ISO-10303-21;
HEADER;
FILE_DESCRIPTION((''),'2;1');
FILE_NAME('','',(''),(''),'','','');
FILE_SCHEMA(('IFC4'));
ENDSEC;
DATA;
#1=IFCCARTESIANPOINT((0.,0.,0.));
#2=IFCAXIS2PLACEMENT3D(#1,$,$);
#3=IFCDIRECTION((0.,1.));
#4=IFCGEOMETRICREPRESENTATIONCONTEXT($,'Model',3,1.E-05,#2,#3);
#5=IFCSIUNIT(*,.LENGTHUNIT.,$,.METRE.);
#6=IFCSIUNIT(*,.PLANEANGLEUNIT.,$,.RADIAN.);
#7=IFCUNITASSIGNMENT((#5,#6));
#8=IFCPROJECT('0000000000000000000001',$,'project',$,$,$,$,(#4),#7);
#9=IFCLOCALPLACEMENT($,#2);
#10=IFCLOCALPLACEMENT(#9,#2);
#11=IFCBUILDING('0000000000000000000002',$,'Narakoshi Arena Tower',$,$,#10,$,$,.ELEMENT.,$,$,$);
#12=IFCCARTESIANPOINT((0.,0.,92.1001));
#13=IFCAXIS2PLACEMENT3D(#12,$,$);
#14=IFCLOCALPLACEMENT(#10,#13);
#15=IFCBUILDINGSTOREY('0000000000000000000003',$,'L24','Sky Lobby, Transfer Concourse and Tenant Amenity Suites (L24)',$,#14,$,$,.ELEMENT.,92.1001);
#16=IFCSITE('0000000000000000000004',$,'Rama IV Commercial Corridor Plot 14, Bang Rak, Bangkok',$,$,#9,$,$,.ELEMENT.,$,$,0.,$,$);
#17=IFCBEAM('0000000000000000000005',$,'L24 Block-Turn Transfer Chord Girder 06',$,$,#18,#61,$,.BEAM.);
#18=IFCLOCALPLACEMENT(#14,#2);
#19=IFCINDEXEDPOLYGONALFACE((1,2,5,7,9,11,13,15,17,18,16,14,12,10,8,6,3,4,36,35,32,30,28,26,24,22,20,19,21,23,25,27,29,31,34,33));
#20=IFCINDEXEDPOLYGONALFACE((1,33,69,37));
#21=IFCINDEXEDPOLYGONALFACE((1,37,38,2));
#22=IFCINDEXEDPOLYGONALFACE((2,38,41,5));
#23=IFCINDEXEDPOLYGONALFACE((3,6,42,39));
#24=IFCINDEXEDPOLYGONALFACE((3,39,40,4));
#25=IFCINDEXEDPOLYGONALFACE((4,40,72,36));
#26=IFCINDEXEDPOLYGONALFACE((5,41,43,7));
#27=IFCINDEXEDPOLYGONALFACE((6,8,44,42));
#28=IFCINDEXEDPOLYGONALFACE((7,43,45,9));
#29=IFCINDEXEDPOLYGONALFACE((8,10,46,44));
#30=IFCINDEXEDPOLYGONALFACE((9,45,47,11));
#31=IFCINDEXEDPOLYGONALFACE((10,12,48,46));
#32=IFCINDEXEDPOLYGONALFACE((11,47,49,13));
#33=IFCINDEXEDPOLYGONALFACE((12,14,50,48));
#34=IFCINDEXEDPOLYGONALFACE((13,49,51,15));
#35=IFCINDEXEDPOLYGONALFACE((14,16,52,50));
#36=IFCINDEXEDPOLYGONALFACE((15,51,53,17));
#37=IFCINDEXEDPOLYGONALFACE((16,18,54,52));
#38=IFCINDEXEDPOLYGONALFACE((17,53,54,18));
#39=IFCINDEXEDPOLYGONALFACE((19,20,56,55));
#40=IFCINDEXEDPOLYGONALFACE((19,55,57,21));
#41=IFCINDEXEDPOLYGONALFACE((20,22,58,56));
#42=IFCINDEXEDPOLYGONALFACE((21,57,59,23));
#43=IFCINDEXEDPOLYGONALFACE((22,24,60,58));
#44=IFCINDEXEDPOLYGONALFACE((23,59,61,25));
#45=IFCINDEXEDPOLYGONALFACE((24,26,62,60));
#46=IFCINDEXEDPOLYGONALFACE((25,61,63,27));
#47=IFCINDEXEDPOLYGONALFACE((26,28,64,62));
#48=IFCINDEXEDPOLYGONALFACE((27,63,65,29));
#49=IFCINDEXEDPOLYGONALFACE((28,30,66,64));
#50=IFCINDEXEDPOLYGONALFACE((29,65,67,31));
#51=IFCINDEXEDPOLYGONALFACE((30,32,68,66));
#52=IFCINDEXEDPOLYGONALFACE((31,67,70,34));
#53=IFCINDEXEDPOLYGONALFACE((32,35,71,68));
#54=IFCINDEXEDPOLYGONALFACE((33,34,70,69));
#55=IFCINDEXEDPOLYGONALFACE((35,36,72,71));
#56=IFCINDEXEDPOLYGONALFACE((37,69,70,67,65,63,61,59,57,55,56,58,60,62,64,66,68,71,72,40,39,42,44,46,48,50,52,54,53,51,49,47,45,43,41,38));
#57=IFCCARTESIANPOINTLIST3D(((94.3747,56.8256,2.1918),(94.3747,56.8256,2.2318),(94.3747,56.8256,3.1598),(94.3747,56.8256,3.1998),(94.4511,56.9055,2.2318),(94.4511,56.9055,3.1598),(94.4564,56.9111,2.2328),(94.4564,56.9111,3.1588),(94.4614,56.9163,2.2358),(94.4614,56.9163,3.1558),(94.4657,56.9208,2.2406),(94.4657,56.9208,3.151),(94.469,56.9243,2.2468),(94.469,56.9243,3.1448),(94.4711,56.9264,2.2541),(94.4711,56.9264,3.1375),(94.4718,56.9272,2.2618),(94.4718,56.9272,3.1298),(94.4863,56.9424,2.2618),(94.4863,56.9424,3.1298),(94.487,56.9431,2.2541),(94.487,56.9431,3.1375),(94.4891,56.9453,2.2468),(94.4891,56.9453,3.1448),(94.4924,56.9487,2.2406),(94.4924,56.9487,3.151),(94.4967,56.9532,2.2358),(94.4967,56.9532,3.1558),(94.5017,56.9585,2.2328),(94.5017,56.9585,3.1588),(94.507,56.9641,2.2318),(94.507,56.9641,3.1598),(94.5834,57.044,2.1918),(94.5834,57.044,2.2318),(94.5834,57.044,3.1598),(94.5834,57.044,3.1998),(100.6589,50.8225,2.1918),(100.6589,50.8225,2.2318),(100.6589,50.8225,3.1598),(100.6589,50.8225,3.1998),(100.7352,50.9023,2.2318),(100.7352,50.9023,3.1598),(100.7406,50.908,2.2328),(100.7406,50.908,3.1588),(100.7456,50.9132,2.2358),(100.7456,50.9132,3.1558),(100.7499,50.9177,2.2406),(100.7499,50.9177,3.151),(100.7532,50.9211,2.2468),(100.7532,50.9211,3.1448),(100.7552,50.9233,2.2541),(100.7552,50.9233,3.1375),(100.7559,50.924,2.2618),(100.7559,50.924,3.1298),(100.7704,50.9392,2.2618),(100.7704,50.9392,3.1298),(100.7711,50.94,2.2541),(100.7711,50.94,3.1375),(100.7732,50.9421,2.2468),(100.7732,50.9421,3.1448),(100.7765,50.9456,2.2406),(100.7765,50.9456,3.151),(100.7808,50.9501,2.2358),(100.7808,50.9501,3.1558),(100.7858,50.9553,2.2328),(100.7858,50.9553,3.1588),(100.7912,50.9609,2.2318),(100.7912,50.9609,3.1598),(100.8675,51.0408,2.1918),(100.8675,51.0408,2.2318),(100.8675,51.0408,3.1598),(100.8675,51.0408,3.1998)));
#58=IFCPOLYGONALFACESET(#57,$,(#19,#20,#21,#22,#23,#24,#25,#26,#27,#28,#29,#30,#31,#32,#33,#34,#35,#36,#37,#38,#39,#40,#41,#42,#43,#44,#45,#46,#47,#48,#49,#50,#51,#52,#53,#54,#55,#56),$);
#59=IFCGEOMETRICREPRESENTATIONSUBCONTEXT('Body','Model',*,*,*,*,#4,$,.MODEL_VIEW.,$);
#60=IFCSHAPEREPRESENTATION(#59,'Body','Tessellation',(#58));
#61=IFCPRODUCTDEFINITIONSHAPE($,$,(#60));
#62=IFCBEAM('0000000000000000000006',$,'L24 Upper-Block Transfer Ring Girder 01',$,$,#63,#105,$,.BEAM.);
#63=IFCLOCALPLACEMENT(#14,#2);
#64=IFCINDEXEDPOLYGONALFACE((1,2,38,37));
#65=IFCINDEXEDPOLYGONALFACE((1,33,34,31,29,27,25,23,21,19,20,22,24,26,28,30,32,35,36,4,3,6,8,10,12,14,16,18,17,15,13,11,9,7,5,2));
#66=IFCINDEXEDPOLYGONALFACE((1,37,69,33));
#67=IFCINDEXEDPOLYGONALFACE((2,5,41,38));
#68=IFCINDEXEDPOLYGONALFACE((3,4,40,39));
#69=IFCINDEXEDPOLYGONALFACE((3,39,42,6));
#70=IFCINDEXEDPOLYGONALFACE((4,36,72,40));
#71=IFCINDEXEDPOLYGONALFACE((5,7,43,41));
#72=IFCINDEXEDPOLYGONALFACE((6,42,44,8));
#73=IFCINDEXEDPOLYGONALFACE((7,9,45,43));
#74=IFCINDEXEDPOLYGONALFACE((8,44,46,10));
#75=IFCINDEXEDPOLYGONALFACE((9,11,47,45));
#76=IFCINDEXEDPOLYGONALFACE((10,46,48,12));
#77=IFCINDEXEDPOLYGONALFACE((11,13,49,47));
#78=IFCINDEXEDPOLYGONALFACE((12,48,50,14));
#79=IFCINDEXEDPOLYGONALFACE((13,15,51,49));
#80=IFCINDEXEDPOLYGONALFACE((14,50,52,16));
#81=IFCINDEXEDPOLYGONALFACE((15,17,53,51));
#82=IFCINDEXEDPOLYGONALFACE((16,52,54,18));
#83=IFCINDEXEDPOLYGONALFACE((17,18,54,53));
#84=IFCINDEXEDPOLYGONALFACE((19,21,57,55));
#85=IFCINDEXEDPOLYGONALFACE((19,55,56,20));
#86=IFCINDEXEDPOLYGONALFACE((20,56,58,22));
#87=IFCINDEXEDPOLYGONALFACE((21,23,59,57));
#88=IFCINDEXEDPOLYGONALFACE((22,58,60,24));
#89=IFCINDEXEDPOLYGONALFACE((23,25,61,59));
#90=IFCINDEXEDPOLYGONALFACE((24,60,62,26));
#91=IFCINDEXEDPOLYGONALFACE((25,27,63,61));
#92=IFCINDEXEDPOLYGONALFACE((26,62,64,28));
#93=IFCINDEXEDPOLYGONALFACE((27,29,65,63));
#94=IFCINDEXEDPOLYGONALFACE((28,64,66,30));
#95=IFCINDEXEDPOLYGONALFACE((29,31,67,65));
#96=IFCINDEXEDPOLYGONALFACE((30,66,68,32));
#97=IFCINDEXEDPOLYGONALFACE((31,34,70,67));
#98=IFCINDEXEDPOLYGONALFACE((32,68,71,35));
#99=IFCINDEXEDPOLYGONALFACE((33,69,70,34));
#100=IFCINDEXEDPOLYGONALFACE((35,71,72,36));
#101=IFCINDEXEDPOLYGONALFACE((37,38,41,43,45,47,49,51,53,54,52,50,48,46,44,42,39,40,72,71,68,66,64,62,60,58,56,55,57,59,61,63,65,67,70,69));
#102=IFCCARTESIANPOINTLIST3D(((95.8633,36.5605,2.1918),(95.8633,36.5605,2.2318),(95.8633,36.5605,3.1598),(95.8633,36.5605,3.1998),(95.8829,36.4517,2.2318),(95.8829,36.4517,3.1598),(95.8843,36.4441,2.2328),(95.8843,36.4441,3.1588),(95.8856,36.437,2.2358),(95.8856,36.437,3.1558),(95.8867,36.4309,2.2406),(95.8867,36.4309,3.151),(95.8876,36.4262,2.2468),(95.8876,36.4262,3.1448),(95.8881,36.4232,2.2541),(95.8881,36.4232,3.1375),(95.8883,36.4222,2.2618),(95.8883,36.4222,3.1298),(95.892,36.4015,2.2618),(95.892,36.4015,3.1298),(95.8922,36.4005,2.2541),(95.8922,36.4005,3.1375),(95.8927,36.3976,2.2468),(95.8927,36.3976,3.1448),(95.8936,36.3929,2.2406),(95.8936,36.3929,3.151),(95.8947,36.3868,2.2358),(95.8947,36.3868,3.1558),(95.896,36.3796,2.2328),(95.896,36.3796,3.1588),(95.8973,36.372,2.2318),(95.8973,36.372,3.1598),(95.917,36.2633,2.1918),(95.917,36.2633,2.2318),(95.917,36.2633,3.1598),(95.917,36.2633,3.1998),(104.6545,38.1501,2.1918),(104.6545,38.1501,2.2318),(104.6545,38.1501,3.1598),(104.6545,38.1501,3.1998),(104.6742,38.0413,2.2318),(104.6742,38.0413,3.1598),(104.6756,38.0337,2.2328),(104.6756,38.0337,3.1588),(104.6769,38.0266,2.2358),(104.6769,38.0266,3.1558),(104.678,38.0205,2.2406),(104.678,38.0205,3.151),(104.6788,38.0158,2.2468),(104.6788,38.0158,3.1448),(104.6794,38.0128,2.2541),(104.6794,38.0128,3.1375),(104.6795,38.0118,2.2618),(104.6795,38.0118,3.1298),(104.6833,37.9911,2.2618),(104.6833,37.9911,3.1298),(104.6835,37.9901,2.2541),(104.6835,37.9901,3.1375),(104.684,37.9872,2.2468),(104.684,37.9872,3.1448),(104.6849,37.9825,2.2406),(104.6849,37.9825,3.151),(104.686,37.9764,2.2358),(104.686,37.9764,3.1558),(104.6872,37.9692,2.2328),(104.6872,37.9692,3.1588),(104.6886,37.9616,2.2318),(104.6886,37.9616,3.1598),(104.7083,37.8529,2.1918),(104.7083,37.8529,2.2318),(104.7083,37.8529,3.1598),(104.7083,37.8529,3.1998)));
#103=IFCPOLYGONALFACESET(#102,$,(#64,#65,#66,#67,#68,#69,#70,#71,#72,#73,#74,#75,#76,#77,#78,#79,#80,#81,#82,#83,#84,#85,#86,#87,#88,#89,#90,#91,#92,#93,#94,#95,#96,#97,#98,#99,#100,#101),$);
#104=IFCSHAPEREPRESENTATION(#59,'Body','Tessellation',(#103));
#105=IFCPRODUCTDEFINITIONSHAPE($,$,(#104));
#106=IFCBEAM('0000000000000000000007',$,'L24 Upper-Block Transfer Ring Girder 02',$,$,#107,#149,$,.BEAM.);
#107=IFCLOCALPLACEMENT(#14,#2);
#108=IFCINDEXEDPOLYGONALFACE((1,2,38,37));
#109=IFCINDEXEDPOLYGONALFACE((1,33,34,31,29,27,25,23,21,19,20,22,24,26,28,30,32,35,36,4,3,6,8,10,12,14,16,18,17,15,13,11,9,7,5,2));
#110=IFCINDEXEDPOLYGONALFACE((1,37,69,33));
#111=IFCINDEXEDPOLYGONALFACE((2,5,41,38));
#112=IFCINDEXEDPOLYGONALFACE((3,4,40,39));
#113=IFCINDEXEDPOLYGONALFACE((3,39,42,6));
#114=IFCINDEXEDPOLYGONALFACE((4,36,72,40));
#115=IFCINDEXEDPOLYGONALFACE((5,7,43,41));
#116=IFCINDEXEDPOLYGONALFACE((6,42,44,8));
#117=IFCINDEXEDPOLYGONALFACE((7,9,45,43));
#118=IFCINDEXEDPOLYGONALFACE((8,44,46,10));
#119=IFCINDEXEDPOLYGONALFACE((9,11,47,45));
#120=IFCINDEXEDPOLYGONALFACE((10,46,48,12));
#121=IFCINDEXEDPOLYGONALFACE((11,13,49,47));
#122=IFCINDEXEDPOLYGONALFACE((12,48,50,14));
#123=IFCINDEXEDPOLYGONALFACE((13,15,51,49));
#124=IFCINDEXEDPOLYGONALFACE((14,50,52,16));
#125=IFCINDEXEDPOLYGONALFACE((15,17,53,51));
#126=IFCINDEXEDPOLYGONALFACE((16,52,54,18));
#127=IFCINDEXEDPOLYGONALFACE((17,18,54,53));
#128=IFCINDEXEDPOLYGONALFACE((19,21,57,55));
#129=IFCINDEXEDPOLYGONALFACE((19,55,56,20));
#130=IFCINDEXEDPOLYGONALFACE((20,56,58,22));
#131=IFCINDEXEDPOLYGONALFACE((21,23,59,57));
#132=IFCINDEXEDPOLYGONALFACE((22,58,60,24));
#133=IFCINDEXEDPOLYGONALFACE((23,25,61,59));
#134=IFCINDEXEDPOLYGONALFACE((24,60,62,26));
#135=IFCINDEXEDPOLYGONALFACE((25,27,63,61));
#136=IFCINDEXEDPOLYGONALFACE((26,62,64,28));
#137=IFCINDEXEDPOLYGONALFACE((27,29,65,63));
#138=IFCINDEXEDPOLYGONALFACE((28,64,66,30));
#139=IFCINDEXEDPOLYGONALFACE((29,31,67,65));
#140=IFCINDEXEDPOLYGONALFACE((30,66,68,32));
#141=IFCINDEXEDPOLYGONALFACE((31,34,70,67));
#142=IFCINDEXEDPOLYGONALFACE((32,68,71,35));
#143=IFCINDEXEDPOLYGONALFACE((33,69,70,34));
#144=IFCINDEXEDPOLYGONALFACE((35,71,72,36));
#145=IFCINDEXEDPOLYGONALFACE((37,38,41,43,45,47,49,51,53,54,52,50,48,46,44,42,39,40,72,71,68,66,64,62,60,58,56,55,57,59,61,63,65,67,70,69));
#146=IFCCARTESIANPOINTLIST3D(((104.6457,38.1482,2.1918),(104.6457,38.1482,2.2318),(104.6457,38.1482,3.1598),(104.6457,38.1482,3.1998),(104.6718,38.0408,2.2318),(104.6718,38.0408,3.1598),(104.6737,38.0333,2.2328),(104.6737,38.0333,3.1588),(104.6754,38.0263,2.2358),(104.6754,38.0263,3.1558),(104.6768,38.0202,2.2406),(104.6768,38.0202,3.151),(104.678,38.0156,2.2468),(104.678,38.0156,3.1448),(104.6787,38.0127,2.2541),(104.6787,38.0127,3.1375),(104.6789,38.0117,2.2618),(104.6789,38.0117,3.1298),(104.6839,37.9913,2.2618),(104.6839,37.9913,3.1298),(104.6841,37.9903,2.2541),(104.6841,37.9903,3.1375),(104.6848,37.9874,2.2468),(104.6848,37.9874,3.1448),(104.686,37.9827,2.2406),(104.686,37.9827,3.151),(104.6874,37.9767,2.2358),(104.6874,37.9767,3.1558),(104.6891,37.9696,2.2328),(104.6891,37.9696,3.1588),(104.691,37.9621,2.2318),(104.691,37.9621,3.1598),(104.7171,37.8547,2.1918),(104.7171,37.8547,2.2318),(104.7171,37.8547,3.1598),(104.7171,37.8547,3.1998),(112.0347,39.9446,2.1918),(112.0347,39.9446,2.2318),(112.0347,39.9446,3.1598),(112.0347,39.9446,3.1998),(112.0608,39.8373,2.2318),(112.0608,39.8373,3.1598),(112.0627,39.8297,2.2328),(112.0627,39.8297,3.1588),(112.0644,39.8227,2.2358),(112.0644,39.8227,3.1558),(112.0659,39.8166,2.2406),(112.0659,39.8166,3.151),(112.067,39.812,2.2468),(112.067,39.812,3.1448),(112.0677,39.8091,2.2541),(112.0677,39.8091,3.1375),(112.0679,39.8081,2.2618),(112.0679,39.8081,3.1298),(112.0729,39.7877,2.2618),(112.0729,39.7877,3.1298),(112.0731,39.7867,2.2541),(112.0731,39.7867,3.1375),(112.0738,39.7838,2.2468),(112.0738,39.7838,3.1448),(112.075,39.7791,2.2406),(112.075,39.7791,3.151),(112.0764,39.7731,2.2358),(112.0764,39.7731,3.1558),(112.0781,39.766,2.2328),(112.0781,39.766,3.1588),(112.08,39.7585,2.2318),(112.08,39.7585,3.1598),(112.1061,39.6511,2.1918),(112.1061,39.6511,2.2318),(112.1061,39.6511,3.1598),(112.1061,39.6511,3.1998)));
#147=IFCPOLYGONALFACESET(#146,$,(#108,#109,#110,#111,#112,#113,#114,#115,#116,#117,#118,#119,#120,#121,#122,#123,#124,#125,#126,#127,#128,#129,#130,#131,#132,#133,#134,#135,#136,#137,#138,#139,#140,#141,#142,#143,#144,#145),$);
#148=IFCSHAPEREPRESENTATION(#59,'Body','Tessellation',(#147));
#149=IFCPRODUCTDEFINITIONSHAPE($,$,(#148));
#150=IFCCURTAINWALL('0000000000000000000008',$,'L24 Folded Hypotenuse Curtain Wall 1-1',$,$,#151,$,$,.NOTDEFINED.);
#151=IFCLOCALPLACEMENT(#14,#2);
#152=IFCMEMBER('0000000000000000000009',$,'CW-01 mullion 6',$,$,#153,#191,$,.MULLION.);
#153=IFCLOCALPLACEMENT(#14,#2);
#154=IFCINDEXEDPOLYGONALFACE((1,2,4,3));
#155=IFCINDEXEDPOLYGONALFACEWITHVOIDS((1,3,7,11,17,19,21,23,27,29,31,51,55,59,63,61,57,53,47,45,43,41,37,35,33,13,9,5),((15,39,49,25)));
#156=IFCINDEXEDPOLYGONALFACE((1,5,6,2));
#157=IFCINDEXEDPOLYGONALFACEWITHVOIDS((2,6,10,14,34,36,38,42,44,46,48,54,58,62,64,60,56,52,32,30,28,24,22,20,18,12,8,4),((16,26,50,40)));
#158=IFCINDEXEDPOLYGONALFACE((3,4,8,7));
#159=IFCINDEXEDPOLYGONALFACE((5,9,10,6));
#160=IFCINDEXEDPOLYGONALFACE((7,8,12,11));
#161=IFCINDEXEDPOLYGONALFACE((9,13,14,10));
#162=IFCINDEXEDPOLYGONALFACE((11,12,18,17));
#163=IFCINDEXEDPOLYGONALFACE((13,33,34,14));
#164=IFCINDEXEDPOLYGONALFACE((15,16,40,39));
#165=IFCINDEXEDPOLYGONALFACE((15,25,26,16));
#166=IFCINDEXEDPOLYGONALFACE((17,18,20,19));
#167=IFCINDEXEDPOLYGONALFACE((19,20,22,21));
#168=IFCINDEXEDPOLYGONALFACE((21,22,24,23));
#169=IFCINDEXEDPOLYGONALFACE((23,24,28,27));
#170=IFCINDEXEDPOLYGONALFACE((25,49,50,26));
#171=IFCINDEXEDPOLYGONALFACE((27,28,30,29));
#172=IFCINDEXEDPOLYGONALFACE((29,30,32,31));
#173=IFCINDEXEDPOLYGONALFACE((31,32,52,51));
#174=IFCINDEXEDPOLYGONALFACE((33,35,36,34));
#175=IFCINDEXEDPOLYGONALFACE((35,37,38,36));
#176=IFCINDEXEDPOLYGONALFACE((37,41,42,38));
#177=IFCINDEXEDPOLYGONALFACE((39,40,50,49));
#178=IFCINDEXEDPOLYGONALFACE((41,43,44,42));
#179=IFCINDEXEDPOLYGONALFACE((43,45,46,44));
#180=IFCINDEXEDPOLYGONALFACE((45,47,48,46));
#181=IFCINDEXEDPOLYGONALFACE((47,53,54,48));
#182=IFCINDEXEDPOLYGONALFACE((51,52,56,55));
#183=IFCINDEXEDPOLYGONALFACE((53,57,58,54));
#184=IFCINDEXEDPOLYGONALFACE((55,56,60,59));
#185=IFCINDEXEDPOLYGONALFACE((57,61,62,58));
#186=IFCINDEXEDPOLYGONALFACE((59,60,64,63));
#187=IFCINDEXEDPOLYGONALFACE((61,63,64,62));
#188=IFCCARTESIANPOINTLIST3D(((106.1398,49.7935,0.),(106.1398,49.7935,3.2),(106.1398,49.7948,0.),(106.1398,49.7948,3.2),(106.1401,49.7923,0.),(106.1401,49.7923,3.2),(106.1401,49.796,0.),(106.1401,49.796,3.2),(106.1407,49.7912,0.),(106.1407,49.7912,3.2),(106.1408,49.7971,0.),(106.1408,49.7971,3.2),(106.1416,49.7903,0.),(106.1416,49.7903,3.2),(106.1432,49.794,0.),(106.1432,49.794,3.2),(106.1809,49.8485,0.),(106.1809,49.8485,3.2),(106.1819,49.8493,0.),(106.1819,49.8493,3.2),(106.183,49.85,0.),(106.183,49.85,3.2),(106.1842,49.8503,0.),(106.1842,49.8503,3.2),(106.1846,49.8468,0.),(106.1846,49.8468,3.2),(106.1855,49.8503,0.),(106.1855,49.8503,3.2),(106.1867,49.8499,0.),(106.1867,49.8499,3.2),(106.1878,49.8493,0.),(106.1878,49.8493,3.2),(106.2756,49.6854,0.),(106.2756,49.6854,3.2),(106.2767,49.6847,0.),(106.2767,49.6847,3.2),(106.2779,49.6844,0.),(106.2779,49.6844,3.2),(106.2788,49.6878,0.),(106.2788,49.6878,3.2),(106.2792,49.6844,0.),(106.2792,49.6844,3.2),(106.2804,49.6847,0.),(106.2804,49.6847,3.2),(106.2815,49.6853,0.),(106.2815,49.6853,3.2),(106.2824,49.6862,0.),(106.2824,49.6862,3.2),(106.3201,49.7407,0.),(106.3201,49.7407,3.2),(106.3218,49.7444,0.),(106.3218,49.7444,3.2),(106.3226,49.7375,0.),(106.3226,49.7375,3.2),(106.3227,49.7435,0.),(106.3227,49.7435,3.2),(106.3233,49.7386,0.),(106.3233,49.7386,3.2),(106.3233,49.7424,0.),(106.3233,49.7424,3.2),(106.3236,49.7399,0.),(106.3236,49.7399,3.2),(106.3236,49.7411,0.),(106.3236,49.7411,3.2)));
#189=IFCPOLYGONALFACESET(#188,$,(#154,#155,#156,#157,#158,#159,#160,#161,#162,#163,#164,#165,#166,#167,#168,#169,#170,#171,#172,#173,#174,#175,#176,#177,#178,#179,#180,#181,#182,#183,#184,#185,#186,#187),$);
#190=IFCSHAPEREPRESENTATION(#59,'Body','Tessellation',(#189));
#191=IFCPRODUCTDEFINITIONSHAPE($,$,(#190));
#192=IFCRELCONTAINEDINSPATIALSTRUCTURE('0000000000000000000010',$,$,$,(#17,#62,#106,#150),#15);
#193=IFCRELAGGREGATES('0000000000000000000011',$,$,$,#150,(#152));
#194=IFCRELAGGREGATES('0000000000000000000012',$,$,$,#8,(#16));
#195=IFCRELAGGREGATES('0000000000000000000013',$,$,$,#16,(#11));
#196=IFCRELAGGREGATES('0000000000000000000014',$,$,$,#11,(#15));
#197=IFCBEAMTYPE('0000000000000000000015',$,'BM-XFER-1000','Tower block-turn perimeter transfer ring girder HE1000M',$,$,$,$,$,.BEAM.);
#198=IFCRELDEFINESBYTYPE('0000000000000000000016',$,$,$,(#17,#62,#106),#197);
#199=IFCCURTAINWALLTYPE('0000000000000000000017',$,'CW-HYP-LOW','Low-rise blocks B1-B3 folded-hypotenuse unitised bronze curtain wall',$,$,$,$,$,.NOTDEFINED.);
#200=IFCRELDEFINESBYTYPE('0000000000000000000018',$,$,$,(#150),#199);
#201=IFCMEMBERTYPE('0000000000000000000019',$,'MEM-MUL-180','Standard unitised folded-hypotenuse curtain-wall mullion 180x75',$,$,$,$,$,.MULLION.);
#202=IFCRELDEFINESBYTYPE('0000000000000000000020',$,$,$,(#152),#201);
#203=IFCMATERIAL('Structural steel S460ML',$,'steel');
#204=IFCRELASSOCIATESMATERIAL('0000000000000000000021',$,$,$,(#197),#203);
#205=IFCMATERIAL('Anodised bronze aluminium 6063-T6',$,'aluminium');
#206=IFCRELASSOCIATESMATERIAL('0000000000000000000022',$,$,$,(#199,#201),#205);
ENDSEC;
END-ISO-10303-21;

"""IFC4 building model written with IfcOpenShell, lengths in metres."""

from ifc_helpers import new_model, si_unit, direction, frame, origin, origin_2d, place, context, subcontext, project, spatial, hollow_rectangle, i_section, extrude, material, material_profile, profile_set, type_object, element, aggregate, save


model = new_model("IFC4")

# Units and contexts
model_context = context("Model", 3, precision=1e-05, world=origin(), true_north=direction((0.0, 1.0)))
body_context = subcontext(model_context, "Body", "Model", "MODEL_VIEW")
ifc_project = project(units=[si_unit("LENGTHUNIT", "METRE"), si_unit("PLANEANGLEUNIT", "RADIAN")], contexts=[model_context])

# Site, building, storey
site_placement = place(None, origin())
site = spatial("IfcSite", under=ifc_project, at=site_placement, Name="Rama IV Commercial Corridor Plot 14, Bang Rak, Bangkok", CompositionType="ELEMENT", RefElevation=0.0)
building_placement = place(site_placement, origin())
building = spatial("IfcBuilding", under=site, at=building_placement, Name="Narakoshi Arena Tower", CompositionType="ELEMENT")
storey_placement = place(building_placement, frame((0.0, 0.0, 92.1001)))
storey = spatial("IfcBuildingStorey", under=building, at=storey_placement, Name="L24", Description="Sky Lobby, Transfer Concourse and Tenant Amenity Suites (L24)", CompositionType="ELEMENT", Elevation=92.1001)

# Shared definitions
ifc_material_1 = material(Name="Structural steel S460ML", Category="steel")

# Beams
ifc_material_profile_1 = material_profile(ifc_material_1, i_section(OverallWidth=0.302, OverallDepth=1.0081, WebThickness=0.021, FlangeThickness=0.04, FilletRadius=0.03, at=origin_2d()), Name="HE1000M")
ifc_profile_set_1 = profile_set([ifc_material_profile_1], Name="Structural steel S460ML")
beam_type = type_object("IfcBeamType", Name="BM-XFER-1000", Description="Tower block-turn perimeter transfer ring girder HE1000M", PredefinedType="BEAM", material=ifc_profile_set_1)
beam_1_placement = place(storey_placement, frame((100.7632, 50.9316, 2.6958), z_axis=(-0.723089, 0.690755, 0.0), x_axis=(-0.690755, -0.723089, 0.0)))
element("IfcBeam", 1, at=beam_1_placement, inside=storey, type_object=beam_type, Name="L24 Block-Turn Transfer Chord Girder 06", PredefinedType="BEAM", context=body_context, shape_type="SweptSolid", body=[
    extrude(i_section(OverallWidth=0.302, OverallDepth=1.0081, WebThickness=0.021, FlangeThickness=0.04, FilletRadius=0.03, at=origin_2d()), origin(), (0.0, 0.0, 1.0), 8.6907),
])
beam_2_placement = place(storey_placement, frame((95.8901, 36.4119, 2.6958), z_axis=(0.984043, 0.177931, 0.0), x_axis=(-0.177931, 0.984043, 0.0)))
element("IfcBeam", 2, at=beam_2_placement, inside=storey, type_object=beam_type, Name="L24 Upper-Block Transfer Ring Girder 01", PredefinedType="BEAM", context=body_context, shape_type="SweptSolid", body=[
    extrude(i_section(OverallWidth=0.302, OverallDepth=1.0081, WebThickness=0.021, FlangeThickness=0.04, FilletRadius=0.03, at=origin_2d()), origin(), (0.0, 0.0, 1.0), 8.9338),
])
beam_3_placement = place(storey_placement, frame((104.6814, 38.0015, 2.6958), z_axis=(0.971695, 0.236238, 0.0), x_axis=(-0.236238, 0.971695, 0.0)))
element("IfcBeam", 3, at=beam_3_placement, inside=storey, type_object=beam_type, Name="L24 Upper-Block Transfer Ring Girder 02", PredefinedType="BEAM", context=body_context, shape_type="SweptSolid", body=[
    extrude(i_section(OverallWidth=0.302, OverallDepth=1.0081, WebThickness=0.021, FlangeThickness=0.04, FilletRadius=0.03, at=origin_2d()), origin(), (0.0, 0.0, 1.0), 7.6042),
])

# Curtain wall, member
ifc_material_2 = material(Name="Anodised bronze aluminium 6063-T6", Category="aluminium")
curtain_wall_type = type_object("IfcCurtainWallType", Name="CW-HYP-LOW", Description="Low-rise blocks B1-B3 folded-hypotenuse unitised bronze curtain wall", PredefinedType="NOTDEFINED", material=ifc_material_2)
curtain_wall_placement = place(storey_placement, origin())
curtain_wall = element("IfcCurtainWall", 4, at=curtain_wall_placement, inside=storey, type_object=curtain_wall_type, Name="L24 Folded Hypotenuse Curtain Wall 1-1", PredefinedType="NOTDEFINED")
ifc_material_profile_2 = material_profile(ifc_material_2, hollow_rectangle(XDim=0.075, YDim=0.1799, WallThickness=0.0039, OuterFilletRadius=0.0049, at=origin_2d()), Name="MUL180x75x4")
ifc_profile_set_2 = profile_set([ifc_material_profile_2], Name="Anodised bronze aluminium 6063-T6")
member_type_1 = type_object("IfcMemberType", Name="MEM-MUL-180", Description="Standard unitised folded-hypotenuse curtain-wall mullion 180x75", PredefinedType="MULLION", material=ifc_profile_set_2)
member_1_placement = place(storey_placement, frame((106.2317, 49.7673, 0.0), z_axis=(0.0, 0.0, 1.0), x_axis=(-0.616457, -0.787389, 0.0)))
member_1 = element("IfcMember", 5, at=member_1_placement, type_object=member_type_1, Name="CW-01 mullion 6", PredefinedType="MULLION", context=body_context, shape_type="SweptSolid", body=[
    extrude(hollow_rectangle(XDim=0.075, YDim=0.1799, WallThickness=0.0039, OuterFilletRadius=0.0049, at=origin_2d()), origin(), (0.0, 0.0, 1.0), 3.2),
])
aggregate(curtain_wall, [member_1])

save(model, "model.ifc")
